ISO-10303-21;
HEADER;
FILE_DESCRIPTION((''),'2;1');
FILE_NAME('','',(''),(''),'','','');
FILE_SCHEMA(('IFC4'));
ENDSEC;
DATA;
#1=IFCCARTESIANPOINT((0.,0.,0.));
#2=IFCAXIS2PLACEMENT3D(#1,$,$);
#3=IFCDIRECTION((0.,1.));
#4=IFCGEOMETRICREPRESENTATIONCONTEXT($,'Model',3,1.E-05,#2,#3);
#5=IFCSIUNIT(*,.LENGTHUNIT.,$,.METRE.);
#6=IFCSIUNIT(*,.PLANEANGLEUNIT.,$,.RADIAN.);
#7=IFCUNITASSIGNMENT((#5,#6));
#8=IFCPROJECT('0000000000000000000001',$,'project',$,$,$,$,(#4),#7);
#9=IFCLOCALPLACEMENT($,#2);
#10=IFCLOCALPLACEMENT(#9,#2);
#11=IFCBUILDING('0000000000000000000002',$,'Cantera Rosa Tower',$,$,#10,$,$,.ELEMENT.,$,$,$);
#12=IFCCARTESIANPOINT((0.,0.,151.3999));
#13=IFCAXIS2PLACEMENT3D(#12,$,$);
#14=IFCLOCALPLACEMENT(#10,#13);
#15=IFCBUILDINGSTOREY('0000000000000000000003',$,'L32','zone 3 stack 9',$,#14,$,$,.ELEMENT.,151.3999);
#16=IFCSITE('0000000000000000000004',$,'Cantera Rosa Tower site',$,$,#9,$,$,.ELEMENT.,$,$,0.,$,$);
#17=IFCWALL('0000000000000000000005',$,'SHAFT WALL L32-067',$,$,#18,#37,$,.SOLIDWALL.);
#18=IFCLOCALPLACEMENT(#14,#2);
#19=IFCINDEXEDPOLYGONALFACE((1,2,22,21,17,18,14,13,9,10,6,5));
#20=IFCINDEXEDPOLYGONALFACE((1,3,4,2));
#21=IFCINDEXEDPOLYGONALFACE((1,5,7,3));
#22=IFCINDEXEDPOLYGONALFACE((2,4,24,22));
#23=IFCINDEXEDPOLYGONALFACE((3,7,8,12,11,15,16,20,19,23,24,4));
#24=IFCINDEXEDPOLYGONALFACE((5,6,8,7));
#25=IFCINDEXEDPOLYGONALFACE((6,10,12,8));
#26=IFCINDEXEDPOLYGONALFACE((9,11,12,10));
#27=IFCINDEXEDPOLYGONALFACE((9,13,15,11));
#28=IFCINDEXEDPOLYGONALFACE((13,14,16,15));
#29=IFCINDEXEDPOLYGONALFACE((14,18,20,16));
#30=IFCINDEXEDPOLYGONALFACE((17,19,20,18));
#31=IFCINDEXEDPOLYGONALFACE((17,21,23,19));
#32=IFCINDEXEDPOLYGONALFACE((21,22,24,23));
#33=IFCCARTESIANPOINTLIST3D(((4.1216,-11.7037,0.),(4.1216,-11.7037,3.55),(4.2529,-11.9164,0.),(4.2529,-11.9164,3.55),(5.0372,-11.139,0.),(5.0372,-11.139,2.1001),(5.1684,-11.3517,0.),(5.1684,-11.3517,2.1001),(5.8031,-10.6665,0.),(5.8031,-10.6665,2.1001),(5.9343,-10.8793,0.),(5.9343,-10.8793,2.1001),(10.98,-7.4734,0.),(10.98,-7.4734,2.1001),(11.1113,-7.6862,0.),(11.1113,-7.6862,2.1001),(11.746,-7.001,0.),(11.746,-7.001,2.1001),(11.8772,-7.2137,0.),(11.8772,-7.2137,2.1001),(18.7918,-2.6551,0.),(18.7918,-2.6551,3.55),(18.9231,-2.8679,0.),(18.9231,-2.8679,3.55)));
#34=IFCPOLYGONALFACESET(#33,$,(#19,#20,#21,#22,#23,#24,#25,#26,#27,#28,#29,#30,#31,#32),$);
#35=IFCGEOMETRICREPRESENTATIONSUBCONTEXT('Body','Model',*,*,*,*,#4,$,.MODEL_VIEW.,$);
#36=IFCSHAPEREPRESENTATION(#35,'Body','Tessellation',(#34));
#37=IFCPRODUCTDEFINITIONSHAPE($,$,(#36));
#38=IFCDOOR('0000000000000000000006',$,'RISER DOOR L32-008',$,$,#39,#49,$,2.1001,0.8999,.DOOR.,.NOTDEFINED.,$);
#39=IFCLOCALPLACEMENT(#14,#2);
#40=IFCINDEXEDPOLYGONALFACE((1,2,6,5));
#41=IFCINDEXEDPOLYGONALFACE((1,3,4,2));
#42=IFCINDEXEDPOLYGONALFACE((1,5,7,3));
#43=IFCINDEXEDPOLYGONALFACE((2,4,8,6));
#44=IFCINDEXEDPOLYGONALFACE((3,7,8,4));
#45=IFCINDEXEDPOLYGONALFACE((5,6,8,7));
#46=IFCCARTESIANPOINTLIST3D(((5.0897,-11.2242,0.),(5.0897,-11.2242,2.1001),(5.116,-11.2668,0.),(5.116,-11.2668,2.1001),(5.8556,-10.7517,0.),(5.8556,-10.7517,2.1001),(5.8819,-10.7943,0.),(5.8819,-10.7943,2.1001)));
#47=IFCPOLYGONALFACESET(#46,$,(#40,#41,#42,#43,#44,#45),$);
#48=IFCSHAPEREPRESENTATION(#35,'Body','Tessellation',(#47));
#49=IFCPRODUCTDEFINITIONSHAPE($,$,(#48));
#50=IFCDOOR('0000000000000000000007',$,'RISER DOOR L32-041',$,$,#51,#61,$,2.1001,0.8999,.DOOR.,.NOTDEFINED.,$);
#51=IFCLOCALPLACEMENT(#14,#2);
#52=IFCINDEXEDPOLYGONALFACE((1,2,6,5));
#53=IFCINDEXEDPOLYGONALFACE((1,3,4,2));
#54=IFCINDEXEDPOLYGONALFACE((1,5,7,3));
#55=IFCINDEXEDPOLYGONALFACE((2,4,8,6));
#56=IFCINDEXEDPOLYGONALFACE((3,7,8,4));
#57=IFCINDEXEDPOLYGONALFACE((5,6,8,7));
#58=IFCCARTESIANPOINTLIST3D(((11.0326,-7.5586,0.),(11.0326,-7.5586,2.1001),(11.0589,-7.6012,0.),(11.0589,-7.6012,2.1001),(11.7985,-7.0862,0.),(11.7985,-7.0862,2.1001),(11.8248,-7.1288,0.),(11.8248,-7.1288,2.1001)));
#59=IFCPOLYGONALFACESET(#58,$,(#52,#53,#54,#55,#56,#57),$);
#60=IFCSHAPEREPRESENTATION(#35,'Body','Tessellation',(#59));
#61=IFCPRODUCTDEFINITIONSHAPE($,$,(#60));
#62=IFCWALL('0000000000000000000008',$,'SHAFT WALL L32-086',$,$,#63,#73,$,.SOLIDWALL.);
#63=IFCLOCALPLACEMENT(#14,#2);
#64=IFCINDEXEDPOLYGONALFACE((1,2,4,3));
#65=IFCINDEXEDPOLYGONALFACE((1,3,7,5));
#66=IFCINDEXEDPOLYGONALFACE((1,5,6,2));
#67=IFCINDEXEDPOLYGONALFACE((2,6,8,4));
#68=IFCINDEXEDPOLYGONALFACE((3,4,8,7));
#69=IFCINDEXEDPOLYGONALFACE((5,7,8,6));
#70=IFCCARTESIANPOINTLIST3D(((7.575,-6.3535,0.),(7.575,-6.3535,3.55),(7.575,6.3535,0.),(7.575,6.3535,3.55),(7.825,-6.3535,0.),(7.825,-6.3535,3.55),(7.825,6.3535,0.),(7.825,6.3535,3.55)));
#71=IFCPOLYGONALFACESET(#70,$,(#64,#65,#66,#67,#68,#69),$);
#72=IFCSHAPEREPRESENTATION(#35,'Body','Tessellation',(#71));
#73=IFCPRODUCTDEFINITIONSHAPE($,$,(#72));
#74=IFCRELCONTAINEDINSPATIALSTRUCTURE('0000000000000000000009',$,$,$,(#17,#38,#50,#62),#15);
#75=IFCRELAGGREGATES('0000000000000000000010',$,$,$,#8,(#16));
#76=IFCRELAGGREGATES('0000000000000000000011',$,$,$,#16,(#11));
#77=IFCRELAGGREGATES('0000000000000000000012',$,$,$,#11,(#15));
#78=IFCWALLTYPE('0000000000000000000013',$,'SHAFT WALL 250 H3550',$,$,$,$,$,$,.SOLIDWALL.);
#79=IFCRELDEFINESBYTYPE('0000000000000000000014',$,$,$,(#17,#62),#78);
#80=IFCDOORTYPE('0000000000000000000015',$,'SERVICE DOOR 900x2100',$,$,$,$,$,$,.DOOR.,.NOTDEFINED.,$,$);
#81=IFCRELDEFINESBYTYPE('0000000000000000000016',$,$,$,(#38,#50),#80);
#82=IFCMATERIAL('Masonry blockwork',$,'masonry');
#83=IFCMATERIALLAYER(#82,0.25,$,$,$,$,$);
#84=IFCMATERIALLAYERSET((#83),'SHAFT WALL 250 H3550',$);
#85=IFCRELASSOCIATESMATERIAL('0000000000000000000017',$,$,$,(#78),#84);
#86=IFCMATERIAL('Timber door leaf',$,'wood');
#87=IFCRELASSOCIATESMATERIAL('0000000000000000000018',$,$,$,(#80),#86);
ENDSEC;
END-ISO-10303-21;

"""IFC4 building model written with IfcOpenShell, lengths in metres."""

from ifc_helpers import new_model, si_unit, direction, frame, frame_2d, origin, place, context, subcontext, project, spatial, rectangle, extrude, material, layer, layer_set, type_object, element, fill, save


model = new_model("IFC4")

# Units and contexts
model_context = context("Model", 3, precision=1e-05, world=origin(), true_north=direction((0.0, 1.0)))
body_context = subcontext(model_context, "Body", "Model", "MODEL_VIEW")
ifc_project = project(units=[si_unit("LENGTHUNIT", "METRE"), si_unit("PLANEANGLEUNIT", "RADIAN")], contexts=[model_context])

# Site, building, storey
site_placement = place(None, origin())
site = spatial("IfcSite", under=ifc_project, at=site_placement, Name="Cantera Rosa Tower site", CompositionType="ELEMENT", RefElevation=0.0)
building_placement = place(site_placement, origin())
building = spatial("IfcBuilding", under=site, at=building_placement, Name="Cantera Rosa Tower", CompositionType="ELEMENT")
storey_placement = place(building_placement, frame((0.0, 0.0, 151.3999)))
storey = spatial("IfcBuildingStorey", under=building, at=storey_placement, Name="L32", Description="zone 3 stack 9", CompositionType="ELEMENT", Elevation=151.3999)

# Shared definitions
ifc_material_1 = material(Name="Masonry blockwork", Category="masonry")
ifc_layer_1 = layer(ifc_material_1, 0.25)
ifc_layer_set_1 = layer_set([ifc_layer_1], Name="SHAFT WALL 250 H3550")
wall_type_1 = type_object("IfcWallType", Name="SHAFT WALL 250 H3550", PredefinedType="SOLIDWALL", material=ifc_layer_set_1)

# Wall, openings, doors
wall_1_placement = place(storey_placement, frame((4.1873, -11.8101, 0.0), z_axis=(0.0, 0.0, 1.0), x_axis=(0.85112, 0.524972, 0.0)))
wall_1 = element("IfcWall", 1, at=wall_1_placement, inside=storey, type_object=wall_type_1, Name="SHAFT WALL L32-067", PredefinedType="SOLIDWALL", context=body_context, shape_type="SweptSolid", body=[
    extrude(rectangle(XDim=17.2363, YDim=0.25, at=frame_2d((8.6182, 0.0))), origin(), (0.0, 0.0, 1.0), 3.55),
])
opening_1_placement = place(wall_1_placement, frame((1.0757, 0.0, 0.0)))
opening_1 = element("IfcOpeningElement", 2, at=opening_1_placement, cuts=wall_1, PredefinedType="OPENING", context=body_context, shape_type="SweptSolid", body=[
    extrude(rectangle(XDim=0.8999, YDim=2.1001, at=frame_2d((0.45, 1.05))), frame((0.0, 0.135, 0.0), z_axis=(0.0, -1.0, 0.0), x_axis=(1.0, 0.0, 0.0)), (0.0, 0.0, 1.0), 0.27),
])
opening_2_placement = place(wall_1_placement, frame((8.0581, 0.0, 0.0)))
opening_2 = element("IfcOpeningElement", 3, at=opening_2_placement, cuts=wall_1, PredefinedType="OPENING", context=body_context, shape_type="SweptSolid", body=[
    extrude(rectangle(XDim=0.8999, YDim=2.1001, at=frame_2d((0.45, 1.05))), frame((0.0, 0.135, 0.0), z_axis=(0.0, -1.0, 0.0), x_axis=(1.0, 0.0, 0.0)), (0.0, 0.0, 1.0), 0.27),
])
ifc_material_2 = material(Name="Timber door leaf", Category="wood")
door_type_1 = type_object("IfcDoorType", Name="SERVICE DOOR 900x2100", OperationType="NOTDEFINED", PredefinedType="DOOR", material=ifc_material_2)
door_1_placement = place(opening_1_placement, origin())
door_1 = element("IfcDoor", 4, at=door_1_placement, inside=storey, type_object=door_type_1, Name="RISER DOOR L32-008", OperationType="NOTDEFINED", OverallHeight=2.1001, OverallWidth=0.8999, PredefinedType="DOOR", context=body_context, shape_type="SweptSolid", body=[
    extrude(rectangle(XDim=0.8999, YDim=2.1001, at=frame_2d((0.45, 1.05))), frame((0.0, 0.0249, 0.0), z_axis=(0.0, -1.0, 0.0), x_axis=(1.0, 0.0, 0.0)), (0.0, 0.0, 1.0), 0.05),
])
fill(opening_1, door_1)
door_2_placement = place(opening_2_placement, origin())
door_2 = element("IfcDoor", 5, at=door_2_placement, inside=storey, type_object=door_type_1, Name="RISER DOOR L32-041", OperationType="NOTDEFINED", OverallHeight=2.1001, OverallWidth=0.8999, PredefinedType="DOOR", context=body_context, shape_type="SweptSolid", body=[
    extrude(rectangle(XDim=0.8999, YDim=2.1001, at=frame_2d((0.45, 1.05))), frame((0.0, 0.0249, 0.0), z_axis=(0.0, -1.0, 0.0), x_axis=(1.0, 0.0, 0.0)), (0.0, 0.0, 1.0), 0.05),
])
fill(opening_2, door_2)

# Wall
wall_2_placement = place(storey_placement, frame((7.7, -6.3535, 0.0), z_axis=(0.0, 0.0, 1.0), x_axis=(0.0, 1.0, 0.0)))
element("IfcWall", 6, at=wall_2_placement, inside=storey, type_object=wall_type_1, Name="SHAFT WALL L32-086", PredefinedType="SOLIDWALL", context=body_context, shape_type="SweptSolid", body=[
    extrude(rectangle(XDim=12.707, YDim=0.25, at=frame_2d((6.3535, 0.0))), origin(), (0.0, 0.0, 1.0), 3.55),
])

save(model, "model.ifc")
